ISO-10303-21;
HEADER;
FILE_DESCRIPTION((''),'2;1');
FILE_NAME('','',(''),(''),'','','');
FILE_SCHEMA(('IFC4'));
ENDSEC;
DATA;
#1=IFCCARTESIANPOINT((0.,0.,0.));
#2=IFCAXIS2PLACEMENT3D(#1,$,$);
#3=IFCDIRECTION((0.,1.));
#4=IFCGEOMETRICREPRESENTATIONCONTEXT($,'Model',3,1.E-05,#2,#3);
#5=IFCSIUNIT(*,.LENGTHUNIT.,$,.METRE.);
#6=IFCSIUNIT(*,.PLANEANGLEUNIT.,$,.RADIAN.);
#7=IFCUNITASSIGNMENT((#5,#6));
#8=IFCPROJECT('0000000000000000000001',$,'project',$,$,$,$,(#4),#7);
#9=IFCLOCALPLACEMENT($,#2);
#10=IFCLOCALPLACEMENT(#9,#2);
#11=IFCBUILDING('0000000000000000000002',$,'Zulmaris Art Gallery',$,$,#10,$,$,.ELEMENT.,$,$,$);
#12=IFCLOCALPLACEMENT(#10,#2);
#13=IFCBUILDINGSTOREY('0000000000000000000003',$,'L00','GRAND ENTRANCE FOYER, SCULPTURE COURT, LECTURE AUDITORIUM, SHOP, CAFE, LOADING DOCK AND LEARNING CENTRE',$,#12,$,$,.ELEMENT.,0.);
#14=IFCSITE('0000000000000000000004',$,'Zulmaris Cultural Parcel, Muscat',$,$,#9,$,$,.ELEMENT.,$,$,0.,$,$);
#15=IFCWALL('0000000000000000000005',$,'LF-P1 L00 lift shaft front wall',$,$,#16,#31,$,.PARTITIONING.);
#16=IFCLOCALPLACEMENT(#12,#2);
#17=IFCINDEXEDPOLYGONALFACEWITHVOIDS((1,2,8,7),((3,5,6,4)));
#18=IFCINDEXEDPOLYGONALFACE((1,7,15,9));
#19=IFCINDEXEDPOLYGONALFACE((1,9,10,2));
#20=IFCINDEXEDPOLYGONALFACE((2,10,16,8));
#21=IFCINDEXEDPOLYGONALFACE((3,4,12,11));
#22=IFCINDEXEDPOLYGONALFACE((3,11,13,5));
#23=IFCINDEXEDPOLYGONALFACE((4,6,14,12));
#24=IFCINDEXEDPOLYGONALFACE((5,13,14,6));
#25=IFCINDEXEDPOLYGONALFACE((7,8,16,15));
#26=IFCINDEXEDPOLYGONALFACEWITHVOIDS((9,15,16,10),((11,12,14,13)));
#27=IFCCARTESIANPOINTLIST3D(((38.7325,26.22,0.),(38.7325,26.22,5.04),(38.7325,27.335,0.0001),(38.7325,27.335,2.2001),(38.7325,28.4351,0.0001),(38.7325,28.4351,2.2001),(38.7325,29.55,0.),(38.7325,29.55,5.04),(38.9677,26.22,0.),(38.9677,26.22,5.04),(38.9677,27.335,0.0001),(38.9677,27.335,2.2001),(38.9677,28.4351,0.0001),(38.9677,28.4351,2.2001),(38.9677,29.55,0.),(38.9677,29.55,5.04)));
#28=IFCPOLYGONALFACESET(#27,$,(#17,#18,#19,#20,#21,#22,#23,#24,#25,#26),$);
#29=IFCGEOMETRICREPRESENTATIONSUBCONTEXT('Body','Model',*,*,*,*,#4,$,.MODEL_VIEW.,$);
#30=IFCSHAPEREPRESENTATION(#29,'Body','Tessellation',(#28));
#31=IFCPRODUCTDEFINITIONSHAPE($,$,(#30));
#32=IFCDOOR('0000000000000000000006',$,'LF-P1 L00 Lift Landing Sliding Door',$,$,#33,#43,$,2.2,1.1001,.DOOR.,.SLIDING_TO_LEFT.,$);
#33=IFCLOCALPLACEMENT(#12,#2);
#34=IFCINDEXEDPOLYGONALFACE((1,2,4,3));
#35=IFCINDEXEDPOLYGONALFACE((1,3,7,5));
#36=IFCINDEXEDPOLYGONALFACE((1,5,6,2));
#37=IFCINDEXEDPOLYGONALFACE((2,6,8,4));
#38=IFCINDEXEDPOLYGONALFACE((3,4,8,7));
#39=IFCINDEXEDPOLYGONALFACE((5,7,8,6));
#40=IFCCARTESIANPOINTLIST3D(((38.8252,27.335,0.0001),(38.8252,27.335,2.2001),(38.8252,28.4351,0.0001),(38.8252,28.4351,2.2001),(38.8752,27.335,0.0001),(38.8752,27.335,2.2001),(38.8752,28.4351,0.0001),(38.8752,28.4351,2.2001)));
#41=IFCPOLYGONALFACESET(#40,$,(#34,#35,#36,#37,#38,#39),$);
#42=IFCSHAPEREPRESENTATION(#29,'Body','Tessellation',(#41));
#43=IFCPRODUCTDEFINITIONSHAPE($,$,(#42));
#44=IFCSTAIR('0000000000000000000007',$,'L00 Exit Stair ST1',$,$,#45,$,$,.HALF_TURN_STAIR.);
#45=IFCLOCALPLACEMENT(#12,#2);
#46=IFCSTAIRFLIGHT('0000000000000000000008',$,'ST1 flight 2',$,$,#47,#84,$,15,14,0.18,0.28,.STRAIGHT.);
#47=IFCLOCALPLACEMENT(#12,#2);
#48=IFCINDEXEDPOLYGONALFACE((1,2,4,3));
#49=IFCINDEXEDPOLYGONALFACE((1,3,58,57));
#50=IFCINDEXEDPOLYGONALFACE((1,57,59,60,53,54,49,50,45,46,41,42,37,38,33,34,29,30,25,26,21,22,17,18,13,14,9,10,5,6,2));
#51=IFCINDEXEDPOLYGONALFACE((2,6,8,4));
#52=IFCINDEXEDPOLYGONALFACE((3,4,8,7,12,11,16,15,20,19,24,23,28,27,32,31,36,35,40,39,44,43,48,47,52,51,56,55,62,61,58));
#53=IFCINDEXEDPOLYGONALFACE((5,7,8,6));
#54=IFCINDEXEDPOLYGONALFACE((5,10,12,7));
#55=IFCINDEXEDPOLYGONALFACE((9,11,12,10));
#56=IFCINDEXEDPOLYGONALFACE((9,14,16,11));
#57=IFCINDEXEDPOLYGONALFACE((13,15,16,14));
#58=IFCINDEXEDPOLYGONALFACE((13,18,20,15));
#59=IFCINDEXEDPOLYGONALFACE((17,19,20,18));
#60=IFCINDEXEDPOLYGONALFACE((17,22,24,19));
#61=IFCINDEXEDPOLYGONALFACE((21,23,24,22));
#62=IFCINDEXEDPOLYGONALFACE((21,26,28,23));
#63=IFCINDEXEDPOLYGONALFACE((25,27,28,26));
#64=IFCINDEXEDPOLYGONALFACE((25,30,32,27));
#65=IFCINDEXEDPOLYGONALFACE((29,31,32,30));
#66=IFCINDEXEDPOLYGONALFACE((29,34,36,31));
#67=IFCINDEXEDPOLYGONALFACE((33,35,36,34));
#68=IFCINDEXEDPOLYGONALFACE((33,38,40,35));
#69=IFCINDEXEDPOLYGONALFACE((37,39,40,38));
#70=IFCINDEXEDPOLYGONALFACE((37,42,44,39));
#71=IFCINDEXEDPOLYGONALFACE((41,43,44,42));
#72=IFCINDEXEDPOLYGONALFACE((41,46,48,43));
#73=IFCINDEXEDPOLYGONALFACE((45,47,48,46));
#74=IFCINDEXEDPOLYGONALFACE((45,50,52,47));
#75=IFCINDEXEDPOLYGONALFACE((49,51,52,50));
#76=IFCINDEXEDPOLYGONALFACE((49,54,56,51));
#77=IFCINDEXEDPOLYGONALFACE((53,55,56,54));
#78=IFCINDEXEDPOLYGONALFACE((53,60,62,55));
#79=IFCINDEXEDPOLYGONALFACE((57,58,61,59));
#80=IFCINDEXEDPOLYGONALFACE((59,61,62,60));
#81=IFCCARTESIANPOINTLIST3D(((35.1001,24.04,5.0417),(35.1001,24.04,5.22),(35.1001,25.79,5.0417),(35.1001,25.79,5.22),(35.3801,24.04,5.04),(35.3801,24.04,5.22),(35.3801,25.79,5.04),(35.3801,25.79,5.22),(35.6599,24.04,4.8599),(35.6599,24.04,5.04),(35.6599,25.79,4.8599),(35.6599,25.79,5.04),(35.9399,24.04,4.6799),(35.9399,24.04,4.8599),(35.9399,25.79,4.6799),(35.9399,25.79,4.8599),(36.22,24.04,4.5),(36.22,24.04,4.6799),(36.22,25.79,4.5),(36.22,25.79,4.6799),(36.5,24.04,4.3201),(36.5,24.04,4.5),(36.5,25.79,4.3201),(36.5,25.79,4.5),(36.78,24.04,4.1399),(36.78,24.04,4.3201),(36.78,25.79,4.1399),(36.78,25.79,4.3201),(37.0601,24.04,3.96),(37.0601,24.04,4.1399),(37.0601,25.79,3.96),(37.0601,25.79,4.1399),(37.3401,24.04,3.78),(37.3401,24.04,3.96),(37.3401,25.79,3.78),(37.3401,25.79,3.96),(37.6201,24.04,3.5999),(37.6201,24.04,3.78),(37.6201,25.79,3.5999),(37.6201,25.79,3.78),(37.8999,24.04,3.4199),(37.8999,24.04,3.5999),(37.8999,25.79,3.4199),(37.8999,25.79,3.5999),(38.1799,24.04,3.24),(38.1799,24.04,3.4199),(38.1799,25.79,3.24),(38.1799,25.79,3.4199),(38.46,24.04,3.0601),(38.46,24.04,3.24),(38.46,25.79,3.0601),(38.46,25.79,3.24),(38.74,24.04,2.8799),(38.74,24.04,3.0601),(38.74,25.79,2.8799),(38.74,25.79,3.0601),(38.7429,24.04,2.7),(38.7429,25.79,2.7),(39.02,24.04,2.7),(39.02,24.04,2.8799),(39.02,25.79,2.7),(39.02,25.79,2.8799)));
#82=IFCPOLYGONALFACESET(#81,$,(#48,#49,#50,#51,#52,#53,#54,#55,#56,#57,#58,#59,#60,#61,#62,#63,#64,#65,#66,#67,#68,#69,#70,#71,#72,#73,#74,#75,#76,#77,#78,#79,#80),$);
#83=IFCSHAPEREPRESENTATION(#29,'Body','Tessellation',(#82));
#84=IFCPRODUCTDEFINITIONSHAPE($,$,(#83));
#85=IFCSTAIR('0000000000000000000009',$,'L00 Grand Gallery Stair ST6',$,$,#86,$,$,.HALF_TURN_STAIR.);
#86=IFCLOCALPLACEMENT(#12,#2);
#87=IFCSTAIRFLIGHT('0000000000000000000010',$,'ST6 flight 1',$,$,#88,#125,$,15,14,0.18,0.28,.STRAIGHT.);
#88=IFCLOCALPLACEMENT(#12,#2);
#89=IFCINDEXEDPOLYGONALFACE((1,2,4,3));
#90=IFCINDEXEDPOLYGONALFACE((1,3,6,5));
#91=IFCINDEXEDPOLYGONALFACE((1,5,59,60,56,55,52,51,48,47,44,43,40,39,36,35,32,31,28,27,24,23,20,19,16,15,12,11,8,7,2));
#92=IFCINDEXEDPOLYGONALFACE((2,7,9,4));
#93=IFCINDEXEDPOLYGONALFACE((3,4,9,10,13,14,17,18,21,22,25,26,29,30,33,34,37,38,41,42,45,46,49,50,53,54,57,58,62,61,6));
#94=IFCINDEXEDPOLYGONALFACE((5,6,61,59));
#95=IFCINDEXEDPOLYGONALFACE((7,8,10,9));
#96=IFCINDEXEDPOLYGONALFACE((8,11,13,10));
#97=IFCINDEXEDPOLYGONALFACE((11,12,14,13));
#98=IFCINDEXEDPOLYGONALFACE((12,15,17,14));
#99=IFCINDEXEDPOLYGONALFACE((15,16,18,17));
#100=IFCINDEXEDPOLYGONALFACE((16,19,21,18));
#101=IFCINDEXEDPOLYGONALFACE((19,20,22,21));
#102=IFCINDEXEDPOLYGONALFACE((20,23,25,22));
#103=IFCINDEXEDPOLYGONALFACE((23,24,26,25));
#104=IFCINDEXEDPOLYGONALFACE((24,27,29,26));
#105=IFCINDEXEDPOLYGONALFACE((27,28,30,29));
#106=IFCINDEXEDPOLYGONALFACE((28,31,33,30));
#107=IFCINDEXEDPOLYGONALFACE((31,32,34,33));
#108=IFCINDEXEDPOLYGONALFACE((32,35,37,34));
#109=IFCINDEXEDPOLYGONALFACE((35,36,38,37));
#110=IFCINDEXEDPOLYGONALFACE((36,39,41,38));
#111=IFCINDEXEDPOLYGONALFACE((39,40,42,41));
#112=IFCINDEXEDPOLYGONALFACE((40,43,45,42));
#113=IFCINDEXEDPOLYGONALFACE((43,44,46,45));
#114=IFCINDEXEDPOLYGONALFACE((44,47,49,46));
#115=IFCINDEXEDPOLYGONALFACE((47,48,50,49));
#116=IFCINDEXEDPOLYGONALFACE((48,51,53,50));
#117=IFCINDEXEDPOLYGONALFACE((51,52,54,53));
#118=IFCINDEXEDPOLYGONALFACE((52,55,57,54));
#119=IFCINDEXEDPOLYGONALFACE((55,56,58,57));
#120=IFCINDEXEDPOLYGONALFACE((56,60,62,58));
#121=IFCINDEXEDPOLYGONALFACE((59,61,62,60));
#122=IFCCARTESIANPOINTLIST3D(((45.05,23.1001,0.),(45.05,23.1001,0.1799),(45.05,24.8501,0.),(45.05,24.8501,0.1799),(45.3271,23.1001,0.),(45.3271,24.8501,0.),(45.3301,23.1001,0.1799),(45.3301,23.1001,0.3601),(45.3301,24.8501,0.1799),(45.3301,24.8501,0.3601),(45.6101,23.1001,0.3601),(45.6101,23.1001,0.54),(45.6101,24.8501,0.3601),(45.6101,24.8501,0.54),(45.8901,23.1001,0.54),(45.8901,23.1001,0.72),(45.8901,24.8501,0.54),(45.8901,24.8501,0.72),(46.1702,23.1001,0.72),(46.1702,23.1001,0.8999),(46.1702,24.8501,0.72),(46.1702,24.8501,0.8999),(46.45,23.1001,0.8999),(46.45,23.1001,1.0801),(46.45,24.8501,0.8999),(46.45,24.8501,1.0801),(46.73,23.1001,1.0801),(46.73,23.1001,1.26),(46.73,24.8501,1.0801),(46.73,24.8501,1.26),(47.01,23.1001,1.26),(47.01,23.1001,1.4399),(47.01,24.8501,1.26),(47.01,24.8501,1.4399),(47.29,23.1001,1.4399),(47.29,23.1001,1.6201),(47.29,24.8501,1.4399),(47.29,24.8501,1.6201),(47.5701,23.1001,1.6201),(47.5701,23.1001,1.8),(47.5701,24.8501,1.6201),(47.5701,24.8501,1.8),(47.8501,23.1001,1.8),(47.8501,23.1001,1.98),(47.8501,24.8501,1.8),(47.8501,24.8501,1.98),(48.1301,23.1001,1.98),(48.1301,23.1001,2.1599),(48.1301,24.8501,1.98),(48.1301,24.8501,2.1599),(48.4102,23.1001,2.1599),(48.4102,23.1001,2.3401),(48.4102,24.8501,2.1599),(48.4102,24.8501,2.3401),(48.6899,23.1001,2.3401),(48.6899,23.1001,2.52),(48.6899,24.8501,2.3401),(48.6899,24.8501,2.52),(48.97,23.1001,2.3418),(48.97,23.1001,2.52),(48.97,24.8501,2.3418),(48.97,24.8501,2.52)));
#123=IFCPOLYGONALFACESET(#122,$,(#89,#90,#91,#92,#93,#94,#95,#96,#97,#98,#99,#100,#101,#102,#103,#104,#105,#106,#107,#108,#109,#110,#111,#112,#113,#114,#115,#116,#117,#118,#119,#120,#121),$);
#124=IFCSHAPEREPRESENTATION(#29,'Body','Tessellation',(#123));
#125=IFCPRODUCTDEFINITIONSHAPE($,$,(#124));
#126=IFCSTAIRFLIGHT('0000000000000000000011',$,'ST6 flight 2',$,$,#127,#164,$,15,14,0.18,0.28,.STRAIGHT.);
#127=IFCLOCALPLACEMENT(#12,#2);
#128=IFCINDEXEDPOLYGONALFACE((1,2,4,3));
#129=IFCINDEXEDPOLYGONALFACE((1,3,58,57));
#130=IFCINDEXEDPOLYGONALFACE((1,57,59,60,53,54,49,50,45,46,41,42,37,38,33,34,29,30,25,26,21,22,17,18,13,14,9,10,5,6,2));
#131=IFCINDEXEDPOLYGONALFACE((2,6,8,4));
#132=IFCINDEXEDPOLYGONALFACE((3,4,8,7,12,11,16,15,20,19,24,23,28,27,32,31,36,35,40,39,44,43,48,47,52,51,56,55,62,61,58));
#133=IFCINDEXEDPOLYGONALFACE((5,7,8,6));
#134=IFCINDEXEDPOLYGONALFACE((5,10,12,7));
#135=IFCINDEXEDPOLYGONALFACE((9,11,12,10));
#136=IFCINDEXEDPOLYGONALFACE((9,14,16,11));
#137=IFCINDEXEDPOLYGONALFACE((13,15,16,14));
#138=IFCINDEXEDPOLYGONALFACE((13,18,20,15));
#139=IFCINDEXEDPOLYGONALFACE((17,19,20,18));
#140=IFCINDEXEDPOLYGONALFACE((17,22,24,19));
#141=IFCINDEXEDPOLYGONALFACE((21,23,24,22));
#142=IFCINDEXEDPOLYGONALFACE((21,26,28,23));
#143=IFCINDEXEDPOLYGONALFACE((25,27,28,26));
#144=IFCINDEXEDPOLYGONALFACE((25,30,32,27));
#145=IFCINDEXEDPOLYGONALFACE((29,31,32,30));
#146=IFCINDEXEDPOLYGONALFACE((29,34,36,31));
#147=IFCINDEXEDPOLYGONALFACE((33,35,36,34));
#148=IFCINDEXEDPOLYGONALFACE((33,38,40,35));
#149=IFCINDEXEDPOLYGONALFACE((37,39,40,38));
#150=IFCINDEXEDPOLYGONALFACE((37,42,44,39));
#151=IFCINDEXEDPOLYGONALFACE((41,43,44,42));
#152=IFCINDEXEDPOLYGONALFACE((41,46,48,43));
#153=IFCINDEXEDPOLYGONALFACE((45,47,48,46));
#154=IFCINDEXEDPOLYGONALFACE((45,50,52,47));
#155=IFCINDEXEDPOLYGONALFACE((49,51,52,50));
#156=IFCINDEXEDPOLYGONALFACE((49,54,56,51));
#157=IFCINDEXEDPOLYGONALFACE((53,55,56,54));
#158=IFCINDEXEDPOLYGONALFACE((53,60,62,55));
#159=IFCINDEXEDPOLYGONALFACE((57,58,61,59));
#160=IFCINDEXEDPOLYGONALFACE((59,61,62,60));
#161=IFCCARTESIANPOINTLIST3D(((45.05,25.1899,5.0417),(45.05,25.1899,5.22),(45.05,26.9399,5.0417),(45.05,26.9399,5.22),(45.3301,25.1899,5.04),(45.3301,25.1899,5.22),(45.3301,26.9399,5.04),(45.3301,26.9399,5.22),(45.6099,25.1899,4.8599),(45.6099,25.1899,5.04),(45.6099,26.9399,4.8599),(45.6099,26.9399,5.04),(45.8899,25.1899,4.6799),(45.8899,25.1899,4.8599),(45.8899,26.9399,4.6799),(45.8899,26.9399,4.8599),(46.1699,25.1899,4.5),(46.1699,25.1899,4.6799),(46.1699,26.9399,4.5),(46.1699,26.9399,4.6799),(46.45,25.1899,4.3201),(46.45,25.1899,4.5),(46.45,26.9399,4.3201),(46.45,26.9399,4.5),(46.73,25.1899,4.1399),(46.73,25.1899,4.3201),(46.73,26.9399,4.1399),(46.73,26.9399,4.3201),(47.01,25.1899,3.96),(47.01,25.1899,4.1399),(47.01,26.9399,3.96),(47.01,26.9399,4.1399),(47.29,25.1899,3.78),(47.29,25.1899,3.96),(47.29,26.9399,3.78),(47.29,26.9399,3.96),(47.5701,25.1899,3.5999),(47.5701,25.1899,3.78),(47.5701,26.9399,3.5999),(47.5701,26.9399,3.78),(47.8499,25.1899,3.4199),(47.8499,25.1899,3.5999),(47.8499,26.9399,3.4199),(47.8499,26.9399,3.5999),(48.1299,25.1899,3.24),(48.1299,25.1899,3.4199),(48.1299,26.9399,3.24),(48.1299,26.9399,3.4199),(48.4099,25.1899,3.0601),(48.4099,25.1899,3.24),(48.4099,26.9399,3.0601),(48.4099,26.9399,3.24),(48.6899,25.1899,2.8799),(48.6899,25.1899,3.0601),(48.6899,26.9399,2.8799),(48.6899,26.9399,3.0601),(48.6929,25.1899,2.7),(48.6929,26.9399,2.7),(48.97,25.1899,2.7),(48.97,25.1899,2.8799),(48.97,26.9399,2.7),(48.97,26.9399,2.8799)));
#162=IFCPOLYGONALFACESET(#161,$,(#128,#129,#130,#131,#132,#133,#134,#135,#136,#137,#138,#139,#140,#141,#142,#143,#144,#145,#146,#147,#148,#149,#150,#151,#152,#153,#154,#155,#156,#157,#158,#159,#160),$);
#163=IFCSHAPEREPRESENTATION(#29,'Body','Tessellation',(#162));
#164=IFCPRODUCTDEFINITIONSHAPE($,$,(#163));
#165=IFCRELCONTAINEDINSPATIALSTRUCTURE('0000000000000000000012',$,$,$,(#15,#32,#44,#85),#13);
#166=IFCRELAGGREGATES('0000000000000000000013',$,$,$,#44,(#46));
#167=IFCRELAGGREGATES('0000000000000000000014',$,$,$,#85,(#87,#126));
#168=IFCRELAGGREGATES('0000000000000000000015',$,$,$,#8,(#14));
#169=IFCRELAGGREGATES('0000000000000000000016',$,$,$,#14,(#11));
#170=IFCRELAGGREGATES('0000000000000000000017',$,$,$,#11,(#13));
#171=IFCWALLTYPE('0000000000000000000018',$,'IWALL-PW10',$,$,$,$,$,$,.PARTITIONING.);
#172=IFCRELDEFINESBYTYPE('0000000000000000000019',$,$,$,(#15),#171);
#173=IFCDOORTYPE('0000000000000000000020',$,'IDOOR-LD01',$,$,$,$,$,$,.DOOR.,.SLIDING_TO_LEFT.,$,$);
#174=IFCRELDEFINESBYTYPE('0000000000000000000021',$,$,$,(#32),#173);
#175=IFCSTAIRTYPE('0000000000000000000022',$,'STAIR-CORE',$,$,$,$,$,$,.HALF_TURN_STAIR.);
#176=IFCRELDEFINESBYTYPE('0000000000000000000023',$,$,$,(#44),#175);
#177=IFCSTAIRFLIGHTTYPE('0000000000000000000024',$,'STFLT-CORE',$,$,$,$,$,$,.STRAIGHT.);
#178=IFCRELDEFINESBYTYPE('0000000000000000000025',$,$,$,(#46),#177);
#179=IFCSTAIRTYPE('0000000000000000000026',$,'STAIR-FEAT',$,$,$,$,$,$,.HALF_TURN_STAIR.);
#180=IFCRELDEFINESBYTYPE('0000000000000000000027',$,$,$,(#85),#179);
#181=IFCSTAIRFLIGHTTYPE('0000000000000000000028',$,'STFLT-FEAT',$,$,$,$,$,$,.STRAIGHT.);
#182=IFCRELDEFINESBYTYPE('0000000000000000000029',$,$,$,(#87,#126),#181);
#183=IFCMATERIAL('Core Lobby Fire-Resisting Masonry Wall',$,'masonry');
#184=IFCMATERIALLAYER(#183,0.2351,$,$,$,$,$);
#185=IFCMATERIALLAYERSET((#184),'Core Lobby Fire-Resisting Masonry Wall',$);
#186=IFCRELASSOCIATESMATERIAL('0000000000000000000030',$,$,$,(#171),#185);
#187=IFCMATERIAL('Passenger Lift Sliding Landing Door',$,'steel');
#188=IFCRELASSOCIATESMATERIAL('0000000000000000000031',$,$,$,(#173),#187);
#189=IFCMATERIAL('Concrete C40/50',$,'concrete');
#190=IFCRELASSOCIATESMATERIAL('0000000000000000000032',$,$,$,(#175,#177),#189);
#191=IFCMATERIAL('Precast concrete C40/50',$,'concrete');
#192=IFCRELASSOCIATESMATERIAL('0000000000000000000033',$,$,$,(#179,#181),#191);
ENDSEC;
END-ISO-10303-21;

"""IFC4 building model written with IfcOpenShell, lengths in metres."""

from ifc_helpers import new_model, si_unit, direction, frame, frame_2d, origin, place, context, subcontext, project, spatial, polyline, rectangle, outline, extrude, material, layer, layer_set, type_object, element, fill, aggregate, save


model = new_model("IFC4")

# Units and contexts
model_context = context("Model", 3, precision=1e-05, world=origin(), true_north=direction((0.0, 1.0)))
body_context = subcontext(model_context, "Body", "Model", "MODEL_VIEW")
ifc_project = project(units=[si_unit("LENGTHUNIT", "METRE"), si_unit("PLANEANGLEUNIT", "RADIAN")], contexts=[model_context])

# Site, building, storey
site_placement = place(None, origin())
site = spatial("IfcSite", under=ifc_project, at=site_placement, Name="Zulmaris Cultural Parcel, Muscat", CompositionType="ELEMENT", RefElevation=0.0)
building_placement = place(site_placement, origin())
building = spatial("IfcBuilding", under=site, at=building_placement, Name="Zulmaris Art Gallery", CompositionType="ELEMENT")
storey_placement = place(building_placement, origin())
storey = spatial("IfcBuildingStorey", under=building, at=storey_placement, Name="L00", Description="GRAND ENTRANCE FOYER, SCULPTURE COURT, LECTURE AUDITORIUM, SHOP, CAFE, LOADING DOCK AND LEARNING CENTRE", CompositionType="ELEMENT", Elevation=0.0)

# Shared definitions
ifc_material_1 = material(Name="Concrete C40/50", Category="concrete")

# Wall, opening, door
ifc_material_2 = material(Name="Core Lobby Fire-Resisting Masonry Wall", Category="masonry")
ifc_layer_1 = layer(ifc_material_2, 0.2351)
ifc_layer_set_1 = layer_set([ifc_layer_1], Name="Core Lobby Fire-Resisting Masonry Wall")
wall_type_1 = type_object("IfcWallType", Name="IWALL-PW10", PredefinedType="PARTITIONING", material=ifc_layer_set_1)
wall_1_placement = place(storey_placement, frame((38.8501, 26.22, 0.0), z_axis=(0.0, 0.0, 1.0), x_axis=(0.0, 1.0, 0.0)))
wall_1 = element("IfcWall", 1, at=wall_1_placement, inside=storey, type_object=wall_type_1, Name="LF-P1 L00 lift shaft front wall", PredefinedType="PARTITIONING", context=body_context, shape_type="SweptSolid", body=[
    extrude(rectangle(XDim=3.3301, YDim=0.2351, at=frame_2d((1.665, 0.0))), origin(), (0.0, 0.0, 1.0), 5.04),
])
opening_1_placement = place(wall_1_placement, frame((1.115, 0.0, 0.0)))
opening_1 = element("IfcOpeningElement", 2, at=opening_1_placement, cuts=wall_1, PredefinedType="OPENING", context=body_context, shape_type="SweptSolid", body=[
    extrude(rectangle(XDim=1.1001, YDim=2.2, at=frame_2d((0.55, 1.1001))), frame((0.0, 0.1274, 0.0), z_axis=(0.0, -1.0, 0.0), x_axis=(1.0, 0.0, 0.0)), (0.0, 0.0, 1.0), 0.2551),
])
ifc_material_3 = material(Name="Passenger Lift Sliding Landing Door", Category="steel")
door_type = type_object("IfcDoorType", Name="IDOOR-LD01", OperationType="SLIDING_TO_LEFT", PredefinedType="DOOR", material=ifc_material_3)
door_placement = place(opening_1_placement, origin())
door = element("IfcDoor", 3, at=door_placement, inside=storey, type_object=door_type, Name="LF-P1 L00 Lift Landing Sliding Door", OperationType="SLIDING_TO_LEFT", OverallHeight=2.2, OverallWidth=1.1001, PredefinedType="DOOR", context=body_context, shape_type="SweptSolid", body=[
    extrude(rectangle(XDim=1.1001, YDim=2.2, at=frame_2d((0.55, 1.1001))), frame((0.0, 0.0249, 0.0), z_axis=(0.0, -1.0, 0.0), x_axis=(1.0, 0.0, 0.0)), (0.0, 0.0, 1.0), 0.05),
])
fill(opening_1, door)

# Stair, stair flight
stair_type_1 = type_object("IfcStairType", Name="STAIR-CORE", PredefinedType="HALF_TURN_STAIR", material=ifc_material_1)
stair_1_placement = place(storey_placement, origin())
stair_1 = element("IfcStair", 4, at=stair_1_placement, inside=storey, type_object=stair_type_1, Name="L00 Exit Stair ST1", PredefinedType="HALF_TURN_STAIR")
stair_flight_type_1 = type_object("IfcStairFlightType", Name="STFLT-CORE", PredefinedType="STRAIGHT", material=ifc_material_1)
stair_flight_1_placement = place(storey_placement, frame((39.02, 24.915, 2.7), z_axis=(0.0, 0.0, 1.0), x_axis=(-1.0, 0.0, 0.0)))
stair_flight_1 = element("IfcStairFlight", 5, at=stair_flight_1_placement, type_object=stair_flight_type_1, Name="ST1 flight 2", NumberOfRisers=15, NumberOfTreads=14, PredefinedType="STRAIGHT", RiserHeight=0.18, TreadLength=0.28, context=body_context, shape_type="SweptSolid", body=[
    extrude(outline(polyline([(0.0, 0.0), (0.0, 0.1799), (0.28, 0.1799), (0.28, 0.3601), (0.5601, 0.3601), (0.5601, 0.54), (0.8401, 0.54), (0.8401, 0.72), (1.1201, 0.72), (1.1201, 0.8999), (1.3999, 0.8999), (1.3999, 1.0801), (1.6799, 1.0801), (1.6799, 1.26), (1.96, 1.26), (1.96, 1.4399), (2.24, 1.4399), (2.24, 1.6201), (2.52, 1.6201), (2.52, 1.8), (2.8, 1.8), (2.8, 1.98), (3.0801, 1.98), (3.0801, 2.1599), (3.3601, 2.1599), (3.3601, 2.3401), (3.6399, 2.3401), (3.6399, 2.52), (3.9199, 2.52), (3.9199, 2.7), (3.9199, 2.3418), (0.2771, 0.0), (0.0, 0.0)])), frame((0.0, 0.875, 0.0), z_axis=(0.0, -1.0, 0.0), x_axis=(1.0, 0.0, 0.0)), (0.0, 0.0, 1.0), 1.75),
])
aggregate(stair_1, [stair_flight_1])

# Stair, stair flights
ifc_material_4 = material(Name="Precast concrete C40/50", Category="concrete")
stair_type_2 = type_object("IfcStairType", Name="STAIR-FEAT", PredefinedType="HALF_TURN_STAIR", material=ifc_material_4)
stair_2_placement = place(storey_placement, origin())
stair_2 = element("IfcStair", 6, at=stair_2_placement, inside=storey, type_object=stair_type_2, Name="L00 Grand Gallery Stair ST6", PredefinedType="HALF_TURN_STAIR")
stair_flight_type_2 = type_object("IfcStairFlightType", Name="STFLT-FEAT", PredefinedType="STRAIGHT", material=ifc_material_4)
stair_flight_2_placement = place(storey_placement, frame((45.05, 23.9751, 0.0), z_axis=(0.0, 0.0, 1.0), x_axis=(1.0, 0.0, 0.0)))
stair_flight_2 = element("IfcStairFlight", 7, at=stair_flight_2_placement, type_object=stair_flight_type_2, Name="ST6 flight 1", NumberOfRisers=15, NumberOfTreads=14, PredefinedType="STRAIGHT", RiserHeight=0.18, TreadLength=0.28, context=body_context, shape_type="SweptSolid", body=[
    extrude(outline(polyline([(0.0, 0.0), (0.0, 0.1799), (0.28, 0.1799), (0.28, 0.3601), (0.5601, 0.3601), (0.5601, 0.54), (0.8401, 0.54), (0.8401, 0.72), (1.1201, 0.72), (1.1201, 0.8999), (1.3999, 0.8999), (1.3999, 1.0801), (1.6799, 1.0801), (1.6799, 1.26), (1.96, 1.26), (1.96, 1.4399), (2.24, 1.4399), (2.24, 1.6201), (2.52, 1.6201), (2.52, 1.8), (2.8, 1.8), (2.8, 1.98), (3.0801, 1.98), (3.0801, 2.1599), (3.3601, 2.1599), (3.3601, 2.3401), (3.6399, 2.3401), (3.6399, 2.52), (3.9199, 2.52), (3.9199, 2.7), (3.9199, 2.3418), (0.2771, 0.0), (0.0, 0.0)])), frame((0.0, 0.875, 0.0), z_axis=(0.0, -1.0, 0.0), x_axis=(1.0, 0.0, 0.0)), (0.0, 0.0, 1.0), 1.75),
])
stair_flight_3_placement = place(storey_placement, frame((48.97, 26.0649, 2.7), z_axis=(0.0, 0.0, 1.0), x_axis=(-1.0, 0.0, 0.0)))
stair_flight_3 = element("IfcStairFlight", 8, at=stair_flight_3_placement, type_object=stair_flight_type_2, Name="ST6 flight 2", NumberOfRisers=15, NumberOfTreads=14, PredefinedType="STRAIGHT", RiserHeight=0.18, TreadLength=0.28, context=body_context, shape_type="SweptSolid", body=[
    extrude(outline(polyline([(0.0, 0.0), (0.0, 0.1799), (0.28, 0.1799), (0.28, 0.3601), (0.5601, 0.3601), (0.5601, 0.54), (0.8401, 0.54), (0.8401, 0.72), (1.1201, 0.72), (1.1201, 0.8999), (1.3999, 0.8999), (1.3999, 1.0801), (1.6799, 1.0801), (1.6799, 1.26), (1.96, 1.26), (1.96, 1.4399), (2.24, 1.4399), (2.24, 1.6201), (2.52, 1.6201), (2.52, 1.8), (2.8, 1.8), (2.8, 1.98), (3.0801, 1.98), (3.0801, 2.1599), (3.3601, 2.1599), (3.3601, 2.3401), (3.6399, 2.3401), (3.6399, 2.52), (3.9199, 2.52), (3.9199, 2.7), (3.9199, 2.3418), (0.2771, 0.0), (0.0, 0.0)])), frame((0.0, 0.875, 0.0), z_axis=(0.0, -1.0, 0.0), x_axis=(1.0, 0.0, 0.0)), (0.0, 0.0, 1.0), 1.75),
])
aggregate(stair_2, [stair_flight_2, stair_flight_3])

save(model, "model.ifc")
